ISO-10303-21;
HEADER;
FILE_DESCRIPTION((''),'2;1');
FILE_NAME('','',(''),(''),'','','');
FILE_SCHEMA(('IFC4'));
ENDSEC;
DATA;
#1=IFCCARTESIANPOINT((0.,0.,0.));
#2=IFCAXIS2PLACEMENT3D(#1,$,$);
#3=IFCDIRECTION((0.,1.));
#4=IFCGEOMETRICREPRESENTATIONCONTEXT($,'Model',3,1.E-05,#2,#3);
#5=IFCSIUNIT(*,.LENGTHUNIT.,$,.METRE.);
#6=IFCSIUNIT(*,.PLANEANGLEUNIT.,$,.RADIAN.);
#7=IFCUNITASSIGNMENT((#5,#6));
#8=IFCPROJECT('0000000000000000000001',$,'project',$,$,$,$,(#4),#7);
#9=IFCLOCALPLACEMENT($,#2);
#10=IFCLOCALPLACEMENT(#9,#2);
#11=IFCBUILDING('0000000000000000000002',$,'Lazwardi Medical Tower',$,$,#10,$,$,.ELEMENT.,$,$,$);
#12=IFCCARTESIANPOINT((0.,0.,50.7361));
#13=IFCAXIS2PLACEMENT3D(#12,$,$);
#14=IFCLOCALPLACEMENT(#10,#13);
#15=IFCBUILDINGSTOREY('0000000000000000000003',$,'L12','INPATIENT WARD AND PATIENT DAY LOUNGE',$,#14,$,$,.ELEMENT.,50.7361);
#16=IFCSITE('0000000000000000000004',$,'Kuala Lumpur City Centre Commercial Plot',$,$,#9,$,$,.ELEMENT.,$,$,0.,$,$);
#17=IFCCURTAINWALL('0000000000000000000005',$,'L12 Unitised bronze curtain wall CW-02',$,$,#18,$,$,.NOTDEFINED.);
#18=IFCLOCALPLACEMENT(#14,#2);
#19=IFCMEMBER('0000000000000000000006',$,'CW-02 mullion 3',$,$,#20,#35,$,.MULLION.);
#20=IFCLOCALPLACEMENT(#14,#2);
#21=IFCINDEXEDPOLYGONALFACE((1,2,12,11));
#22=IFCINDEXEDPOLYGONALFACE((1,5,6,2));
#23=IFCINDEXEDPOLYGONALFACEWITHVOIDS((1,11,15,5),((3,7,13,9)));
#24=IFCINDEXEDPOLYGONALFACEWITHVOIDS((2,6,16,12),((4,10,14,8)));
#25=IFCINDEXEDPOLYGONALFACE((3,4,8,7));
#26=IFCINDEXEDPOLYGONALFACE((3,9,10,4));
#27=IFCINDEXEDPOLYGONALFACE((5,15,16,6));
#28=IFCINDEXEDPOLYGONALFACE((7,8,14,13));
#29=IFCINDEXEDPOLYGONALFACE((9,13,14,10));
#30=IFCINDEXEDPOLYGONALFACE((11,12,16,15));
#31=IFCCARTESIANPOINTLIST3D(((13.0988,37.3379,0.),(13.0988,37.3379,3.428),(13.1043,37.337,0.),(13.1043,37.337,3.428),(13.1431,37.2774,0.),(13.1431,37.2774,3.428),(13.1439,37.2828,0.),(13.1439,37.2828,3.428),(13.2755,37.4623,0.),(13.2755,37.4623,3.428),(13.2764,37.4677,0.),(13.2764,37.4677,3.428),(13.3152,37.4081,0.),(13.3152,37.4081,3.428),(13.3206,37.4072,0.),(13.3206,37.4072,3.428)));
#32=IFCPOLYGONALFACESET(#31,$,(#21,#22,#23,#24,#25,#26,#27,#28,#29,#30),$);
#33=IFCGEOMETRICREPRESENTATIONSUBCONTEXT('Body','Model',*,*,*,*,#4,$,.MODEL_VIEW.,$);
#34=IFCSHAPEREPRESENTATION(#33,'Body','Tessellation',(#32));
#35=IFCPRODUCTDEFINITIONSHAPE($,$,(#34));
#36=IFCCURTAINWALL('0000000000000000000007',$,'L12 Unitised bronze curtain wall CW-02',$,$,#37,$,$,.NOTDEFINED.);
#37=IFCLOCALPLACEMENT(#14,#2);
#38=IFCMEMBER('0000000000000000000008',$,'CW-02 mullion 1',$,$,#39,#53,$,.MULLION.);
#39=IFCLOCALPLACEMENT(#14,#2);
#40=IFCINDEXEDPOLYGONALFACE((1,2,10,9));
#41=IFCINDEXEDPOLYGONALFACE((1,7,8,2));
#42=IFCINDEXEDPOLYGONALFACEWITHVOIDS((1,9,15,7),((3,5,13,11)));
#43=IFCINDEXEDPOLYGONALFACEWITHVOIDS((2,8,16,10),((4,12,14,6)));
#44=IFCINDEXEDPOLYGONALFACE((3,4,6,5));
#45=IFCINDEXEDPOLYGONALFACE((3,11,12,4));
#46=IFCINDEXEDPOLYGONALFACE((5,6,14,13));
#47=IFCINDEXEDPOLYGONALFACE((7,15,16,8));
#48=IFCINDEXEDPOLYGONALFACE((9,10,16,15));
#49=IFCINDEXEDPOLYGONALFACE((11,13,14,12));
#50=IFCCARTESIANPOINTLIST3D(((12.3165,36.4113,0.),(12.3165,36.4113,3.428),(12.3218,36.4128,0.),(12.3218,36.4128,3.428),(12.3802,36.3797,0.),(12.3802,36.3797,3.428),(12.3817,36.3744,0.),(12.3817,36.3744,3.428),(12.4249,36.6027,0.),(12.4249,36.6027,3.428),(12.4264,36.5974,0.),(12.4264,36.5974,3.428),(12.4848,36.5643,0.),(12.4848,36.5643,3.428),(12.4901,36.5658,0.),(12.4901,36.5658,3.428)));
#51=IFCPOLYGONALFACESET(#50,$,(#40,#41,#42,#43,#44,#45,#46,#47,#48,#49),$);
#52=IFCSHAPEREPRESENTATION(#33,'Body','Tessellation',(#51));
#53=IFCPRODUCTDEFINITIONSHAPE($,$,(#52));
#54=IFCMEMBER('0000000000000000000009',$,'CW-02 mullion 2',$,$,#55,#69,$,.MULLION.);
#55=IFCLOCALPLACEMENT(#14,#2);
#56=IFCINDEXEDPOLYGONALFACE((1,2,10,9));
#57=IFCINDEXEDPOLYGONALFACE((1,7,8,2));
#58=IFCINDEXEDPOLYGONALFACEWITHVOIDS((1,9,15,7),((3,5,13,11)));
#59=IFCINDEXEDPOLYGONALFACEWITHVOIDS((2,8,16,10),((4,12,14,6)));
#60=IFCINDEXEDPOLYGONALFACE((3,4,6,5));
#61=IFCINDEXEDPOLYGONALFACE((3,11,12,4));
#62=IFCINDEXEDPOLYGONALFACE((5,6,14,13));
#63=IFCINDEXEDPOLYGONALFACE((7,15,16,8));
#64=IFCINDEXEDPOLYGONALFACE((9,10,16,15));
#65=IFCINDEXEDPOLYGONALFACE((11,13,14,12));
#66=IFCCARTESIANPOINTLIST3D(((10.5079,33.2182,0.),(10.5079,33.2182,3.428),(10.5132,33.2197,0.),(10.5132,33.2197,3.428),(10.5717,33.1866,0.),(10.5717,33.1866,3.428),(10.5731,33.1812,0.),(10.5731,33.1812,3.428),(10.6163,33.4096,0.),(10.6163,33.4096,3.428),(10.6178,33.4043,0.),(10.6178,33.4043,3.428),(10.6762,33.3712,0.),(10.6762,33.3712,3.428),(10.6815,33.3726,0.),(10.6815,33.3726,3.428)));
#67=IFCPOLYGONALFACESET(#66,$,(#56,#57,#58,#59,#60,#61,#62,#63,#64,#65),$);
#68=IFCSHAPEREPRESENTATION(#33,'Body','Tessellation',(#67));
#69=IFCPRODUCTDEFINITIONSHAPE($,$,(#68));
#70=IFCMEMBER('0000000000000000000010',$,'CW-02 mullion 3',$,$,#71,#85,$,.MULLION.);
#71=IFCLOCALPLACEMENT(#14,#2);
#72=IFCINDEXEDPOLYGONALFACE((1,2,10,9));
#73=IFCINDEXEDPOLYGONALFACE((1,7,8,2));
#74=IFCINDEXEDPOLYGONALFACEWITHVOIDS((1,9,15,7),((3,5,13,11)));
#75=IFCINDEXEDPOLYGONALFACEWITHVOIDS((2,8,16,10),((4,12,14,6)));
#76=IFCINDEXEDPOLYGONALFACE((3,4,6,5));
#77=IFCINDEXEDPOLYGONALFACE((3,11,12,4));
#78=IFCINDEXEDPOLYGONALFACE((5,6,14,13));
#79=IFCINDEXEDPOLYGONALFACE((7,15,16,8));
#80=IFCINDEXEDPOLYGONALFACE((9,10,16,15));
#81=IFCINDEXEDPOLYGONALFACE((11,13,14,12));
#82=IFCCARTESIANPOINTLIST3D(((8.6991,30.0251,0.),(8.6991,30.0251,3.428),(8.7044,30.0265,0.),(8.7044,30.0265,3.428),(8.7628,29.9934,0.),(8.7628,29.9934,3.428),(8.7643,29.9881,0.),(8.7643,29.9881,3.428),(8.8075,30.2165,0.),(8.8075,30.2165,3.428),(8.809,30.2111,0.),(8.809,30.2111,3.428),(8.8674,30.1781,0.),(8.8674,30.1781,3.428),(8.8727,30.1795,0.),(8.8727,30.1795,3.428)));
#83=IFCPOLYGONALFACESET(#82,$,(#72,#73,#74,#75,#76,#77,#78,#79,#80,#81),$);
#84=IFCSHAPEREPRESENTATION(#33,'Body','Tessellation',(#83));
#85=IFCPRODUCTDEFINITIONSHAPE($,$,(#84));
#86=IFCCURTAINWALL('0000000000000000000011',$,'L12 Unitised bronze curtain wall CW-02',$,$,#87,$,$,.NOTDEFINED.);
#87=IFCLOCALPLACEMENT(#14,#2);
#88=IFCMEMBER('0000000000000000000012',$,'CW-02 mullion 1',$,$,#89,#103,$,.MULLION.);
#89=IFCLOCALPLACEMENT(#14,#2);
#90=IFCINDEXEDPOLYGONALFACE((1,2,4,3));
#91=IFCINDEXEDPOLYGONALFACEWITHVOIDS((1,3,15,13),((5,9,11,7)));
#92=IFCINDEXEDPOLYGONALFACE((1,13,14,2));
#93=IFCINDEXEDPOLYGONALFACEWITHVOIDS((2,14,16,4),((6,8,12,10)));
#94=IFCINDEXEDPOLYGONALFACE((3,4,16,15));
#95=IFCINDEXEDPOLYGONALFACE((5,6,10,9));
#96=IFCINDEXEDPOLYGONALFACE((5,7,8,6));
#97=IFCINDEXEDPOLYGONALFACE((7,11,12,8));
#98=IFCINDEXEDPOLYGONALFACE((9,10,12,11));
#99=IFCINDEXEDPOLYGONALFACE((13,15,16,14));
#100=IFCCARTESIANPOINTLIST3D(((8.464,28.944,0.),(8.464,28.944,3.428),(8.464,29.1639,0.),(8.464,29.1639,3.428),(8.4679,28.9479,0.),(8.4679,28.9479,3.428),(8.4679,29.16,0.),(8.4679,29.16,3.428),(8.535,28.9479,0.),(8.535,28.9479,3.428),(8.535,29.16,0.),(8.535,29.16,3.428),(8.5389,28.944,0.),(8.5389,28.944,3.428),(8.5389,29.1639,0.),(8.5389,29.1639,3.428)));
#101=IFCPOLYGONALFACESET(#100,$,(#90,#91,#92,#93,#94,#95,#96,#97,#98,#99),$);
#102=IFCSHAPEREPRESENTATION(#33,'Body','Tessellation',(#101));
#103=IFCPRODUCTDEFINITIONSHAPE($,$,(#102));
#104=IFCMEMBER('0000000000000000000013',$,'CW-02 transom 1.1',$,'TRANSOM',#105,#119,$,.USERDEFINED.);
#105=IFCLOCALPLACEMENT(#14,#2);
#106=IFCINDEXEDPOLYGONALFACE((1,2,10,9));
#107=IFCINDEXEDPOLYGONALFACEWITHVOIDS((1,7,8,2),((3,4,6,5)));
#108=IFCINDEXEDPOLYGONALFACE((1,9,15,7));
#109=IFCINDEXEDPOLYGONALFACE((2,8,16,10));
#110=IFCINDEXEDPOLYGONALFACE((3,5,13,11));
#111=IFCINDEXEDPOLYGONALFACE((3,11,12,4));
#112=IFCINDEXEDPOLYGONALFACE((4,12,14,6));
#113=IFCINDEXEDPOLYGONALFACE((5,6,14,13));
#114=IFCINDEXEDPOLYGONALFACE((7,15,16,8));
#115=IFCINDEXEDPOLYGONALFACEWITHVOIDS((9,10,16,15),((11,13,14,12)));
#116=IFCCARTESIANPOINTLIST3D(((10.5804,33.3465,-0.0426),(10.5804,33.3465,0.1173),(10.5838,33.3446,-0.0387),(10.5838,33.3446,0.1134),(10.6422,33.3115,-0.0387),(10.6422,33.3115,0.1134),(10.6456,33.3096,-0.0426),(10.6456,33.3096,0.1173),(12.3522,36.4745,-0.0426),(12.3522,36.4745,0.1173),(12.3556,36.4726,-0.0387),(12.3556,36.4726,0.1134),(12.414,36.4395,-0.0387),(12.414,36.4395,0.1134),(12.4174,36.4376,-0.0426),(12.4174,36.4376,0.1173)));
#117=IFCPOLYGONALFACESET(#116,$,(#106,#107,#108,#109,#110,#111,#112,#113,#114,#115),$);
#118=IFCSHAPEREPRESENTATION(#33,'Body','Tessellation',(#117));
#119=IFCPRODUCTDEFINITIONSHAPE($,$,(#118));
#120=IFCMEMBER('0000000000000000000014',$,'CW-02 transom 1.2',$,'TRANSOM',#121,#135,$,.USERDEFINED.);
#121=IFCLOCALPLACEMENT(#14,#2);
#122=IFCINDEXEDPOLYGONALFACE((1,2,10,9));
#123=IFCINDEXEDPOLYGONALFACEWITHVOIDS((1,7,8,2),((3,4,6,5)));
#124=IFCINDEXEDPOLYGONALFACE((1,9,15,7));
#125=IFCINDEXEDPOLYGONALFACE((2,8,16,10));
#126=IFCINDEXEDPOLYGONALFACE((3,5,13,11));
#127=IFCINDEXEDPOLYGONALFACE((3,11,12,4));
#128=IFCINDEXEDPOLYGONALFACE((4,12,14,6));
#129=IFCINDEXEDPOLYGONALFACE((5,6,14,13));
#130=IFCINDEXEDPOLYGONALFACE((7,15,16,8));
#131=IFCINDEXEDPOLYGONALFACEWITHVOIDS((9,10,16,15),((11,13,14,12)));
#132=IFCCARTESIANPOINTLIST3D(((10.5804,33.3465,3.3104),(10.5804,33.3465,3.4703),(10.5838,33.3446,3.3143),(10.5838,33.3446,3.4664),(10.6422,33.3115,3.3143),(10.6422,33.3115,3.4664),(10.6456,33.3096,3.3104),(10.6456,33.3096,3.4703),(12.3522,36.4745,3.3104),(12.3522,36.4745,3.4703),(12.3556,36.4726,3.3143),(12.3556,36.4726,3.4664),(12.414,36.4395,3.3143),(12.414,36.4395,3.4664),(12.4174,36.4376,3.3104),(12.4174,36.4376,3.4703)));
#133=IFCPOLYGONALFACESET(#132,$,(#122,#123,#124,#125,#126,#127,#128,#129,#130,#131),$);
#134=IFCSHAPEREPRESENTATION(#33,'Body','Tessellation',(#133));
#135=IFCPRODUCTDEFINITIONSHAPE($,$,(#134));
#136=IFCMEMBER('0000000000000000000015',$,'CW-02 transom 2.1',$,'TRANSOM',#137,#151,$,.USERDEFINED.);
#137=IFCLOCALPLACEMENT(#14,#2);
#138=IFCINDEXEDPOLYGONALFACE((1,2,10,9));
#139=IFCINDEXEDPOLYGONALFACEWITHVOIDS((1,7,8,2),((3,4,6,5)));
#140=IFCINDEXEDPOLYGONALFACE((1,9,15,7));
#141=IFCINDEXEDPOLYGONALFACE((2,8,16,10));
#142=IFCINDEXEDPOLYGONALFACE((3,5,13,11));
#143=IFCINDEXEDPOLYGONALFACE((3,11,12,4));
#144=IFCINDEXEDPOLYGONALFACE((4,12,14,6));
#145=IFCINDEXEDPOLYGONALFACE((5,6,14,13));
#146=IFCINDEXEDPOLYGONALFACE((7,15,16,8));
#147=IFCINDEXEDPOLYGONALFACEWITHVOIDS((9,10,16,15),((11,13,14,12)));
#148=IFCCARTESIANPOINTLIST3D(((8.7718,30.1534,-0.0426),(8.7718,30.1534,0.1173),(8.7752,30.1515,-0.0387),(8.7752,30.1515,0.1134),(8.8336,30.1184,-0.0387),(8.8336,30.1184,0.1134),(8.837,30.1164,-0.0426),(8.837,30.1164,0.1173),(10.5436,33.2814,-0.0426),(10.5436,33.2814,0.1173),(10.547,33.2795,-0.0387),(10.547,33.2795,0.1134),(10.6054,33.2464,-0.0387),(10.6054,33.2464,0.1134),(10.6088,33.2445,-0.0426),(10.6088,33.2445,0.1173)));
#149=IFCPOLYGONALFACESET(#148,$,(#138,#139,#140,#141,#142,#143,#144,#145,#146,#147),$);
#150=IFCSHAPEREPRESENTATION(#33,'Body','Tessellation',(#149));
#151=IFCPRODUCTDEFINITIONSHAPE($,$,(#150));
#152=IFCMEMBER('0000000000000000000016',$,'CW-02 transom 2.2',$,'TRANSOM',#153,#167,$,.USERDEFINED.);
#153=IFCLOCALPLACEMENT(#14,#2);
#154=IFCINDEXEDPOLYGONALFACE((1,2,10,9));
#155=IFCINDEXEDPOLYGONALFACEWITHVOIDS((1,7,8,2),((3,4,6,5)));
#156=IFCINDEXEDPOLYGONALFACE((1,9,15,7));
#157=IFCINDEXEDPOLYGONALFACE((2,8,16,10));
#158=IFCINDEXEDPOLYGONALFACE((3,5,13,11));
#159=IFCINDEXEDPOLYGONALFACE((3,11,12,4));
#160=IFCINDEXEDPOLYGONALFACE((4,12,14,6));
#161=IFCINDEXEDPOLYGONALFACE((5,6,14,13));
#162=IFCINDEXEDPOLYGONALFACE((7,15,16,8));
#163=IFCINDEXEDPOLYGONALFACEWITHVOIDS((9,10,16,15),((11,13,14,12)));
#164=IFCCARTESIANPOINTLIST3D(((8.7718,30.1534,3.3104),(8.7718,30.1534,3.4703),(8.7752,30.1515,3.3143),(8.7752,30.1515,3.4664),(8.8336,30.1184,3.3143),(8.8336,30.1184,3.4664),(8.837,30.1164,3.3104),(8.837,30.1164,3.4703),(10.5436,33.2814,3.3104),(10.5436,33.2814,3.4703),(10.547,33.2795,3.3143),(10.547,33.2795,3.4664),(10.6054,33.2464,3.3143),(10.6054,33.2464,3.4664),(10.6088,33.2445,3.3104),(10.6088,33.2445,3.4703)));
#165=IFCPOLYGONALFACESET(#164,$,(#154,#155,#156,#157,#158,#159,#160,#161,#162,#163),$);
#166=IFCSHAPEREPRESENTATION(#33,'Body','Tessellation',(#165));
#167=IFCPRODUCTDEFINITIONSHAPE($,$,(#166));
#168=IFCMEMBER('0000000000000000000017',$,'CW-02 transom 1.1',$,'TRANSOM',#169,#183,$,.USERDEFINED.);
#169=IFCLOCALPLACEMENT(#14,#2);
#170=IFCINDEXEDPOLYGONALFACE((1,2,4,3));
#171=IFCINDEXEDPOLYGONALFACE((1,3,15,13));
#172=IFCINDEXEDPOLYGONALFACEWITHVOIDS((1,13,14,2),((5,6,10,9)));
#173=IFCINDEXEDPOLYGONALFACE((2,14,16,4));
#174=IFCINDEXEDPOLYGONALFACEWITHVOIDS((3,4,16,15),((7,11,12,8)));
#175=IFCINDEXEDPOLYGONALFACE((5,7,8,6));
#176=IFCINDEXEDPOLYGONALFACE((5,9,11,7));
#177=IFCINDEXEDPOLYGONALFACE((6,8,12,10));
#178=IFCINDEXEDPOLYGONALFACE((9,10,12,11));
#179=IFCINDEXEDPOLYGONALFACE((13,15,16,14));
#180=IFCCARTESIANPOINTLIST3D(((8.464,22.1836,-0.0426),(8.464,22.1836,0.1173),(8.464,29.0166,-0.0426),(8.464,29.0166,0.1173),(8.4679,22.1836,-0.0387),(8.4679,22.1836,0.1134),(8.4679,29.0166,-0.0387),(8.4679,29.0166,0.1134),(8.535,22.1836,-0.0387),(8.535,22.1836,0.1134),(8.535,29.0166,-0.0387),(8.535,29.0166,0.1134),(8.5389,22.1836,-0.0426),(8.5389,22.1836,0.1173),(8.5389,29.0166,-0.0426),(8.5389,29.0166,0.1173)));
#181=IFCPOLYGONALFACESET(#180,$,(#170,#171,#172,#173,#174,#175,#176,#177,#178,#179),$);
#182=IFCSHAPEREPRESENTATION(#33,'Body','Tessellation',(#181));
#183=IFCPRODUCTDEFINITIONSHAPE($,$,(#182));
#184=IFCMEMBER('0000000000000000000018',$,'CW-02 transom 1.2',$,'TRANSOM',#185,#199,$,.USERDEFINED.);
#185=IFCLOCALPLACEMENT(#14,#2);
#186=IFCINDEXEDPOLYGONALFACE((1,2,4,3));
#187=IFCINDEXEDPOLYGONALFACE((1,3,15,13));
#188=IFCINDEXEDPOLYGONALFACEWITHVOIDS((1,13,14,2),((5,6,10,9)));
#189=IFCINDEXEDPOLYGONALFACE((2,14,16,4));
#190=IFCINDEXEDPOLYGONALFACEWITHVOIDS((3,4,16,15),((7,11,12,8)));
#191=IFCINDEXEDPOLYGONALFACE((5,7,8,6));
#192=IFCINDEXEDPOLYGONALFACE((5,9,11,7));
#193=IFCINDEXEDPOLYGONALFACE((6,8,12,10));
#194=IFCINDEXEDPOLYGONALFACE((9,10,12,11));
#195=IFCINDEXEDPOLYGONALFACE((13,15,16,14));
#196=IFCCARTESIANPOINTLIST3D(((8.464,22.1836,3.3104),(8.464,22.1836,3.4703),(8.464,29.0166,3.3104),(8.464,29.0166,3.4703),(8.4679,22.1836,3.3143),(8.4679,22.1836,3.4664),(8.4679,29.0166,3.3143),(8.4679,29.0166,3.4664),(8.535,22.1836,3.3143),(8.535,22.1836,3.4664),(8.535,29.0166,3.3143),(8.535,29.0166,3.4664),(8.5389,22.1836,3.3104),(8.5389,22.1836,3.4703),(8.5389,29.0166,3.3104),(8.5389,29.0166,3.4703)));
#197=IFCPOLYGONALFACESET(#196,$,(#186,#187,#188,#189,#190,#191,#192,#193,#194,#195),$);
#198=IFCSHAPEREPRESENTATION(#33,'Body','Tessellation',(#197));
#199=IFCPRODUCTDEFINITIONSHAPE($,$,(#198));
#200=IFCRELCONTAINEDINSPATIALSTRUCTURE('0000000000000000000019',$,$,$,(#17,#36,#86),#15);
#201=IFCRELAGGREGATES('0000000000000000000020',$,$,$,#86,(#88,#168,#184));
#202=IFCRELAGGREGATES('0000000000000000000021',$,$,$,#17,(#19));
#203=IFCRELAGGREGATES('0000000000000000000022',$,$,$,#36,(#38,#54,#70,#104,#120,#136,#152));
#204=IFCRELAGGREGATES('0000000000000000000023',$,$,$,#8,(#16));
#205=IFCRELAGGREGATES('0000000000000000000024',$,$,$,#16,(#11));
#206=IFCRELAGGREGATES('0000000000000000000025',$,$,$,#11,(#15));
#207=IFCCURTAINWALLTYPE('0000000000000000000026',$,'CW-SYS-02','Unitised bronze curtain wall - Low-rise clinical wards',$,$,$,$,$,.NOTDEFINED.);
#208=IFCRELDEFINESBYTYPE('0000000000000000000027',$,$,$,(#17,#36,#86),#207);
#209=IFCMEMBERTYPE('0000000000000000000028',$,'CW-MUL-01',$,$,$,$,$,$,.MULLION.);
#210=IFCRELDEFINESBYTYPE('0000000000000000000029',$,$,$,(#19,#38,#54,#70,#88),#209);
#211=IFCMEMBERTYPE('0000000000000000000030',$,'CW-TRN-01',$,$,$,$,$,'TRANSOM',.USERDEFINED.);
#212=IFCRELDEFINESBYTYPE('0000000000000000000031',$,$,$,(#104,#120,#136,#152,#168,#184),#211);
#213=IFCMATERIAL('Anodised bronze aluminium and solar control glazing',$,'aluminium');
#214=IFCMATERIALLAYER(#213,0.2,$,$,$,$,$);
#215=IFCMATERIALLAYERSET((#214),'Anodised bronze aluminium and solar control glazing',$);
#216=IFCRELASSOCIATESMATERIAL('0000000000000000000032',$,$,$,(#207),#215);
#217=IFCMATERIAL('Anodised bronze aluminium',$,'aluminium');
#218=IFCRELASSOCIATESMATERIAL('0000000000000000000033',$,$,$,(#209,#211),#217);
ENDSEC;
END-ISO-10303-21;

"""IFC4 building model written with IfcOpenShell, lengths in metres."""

from ifc_helpers import new_model, si_unit, direction, frame, origin, origin_2d, place, context, subcontext, project, spatial, hollow_rectangle, extrude, material, layer, layer_set, material_profile, profile_set, type_object, element, aggregate, save


model = new_model("IFC4")

# Units and contexts
model_context = context("Model", 3, precision=1e-05, world=origin(), true_north=direction((0.0, 1.0)))
body_context = subcontext(model_context, "Body", "Model", "MODEL_VIEW")
ifc_project = project(units=[si_unit("LENGTHUNIT", "METRE"), si_unit("PLANEANGLEUNIT", "RADIAN")], contexts=[model_context])

# Site, building, storey
site_placement = place(None, origin())
site = spatial("IfcSite", under=ifc_project, at=site_placement, Name="Kuala Lumpur City Centre Commercial Plot", CompositionType="ELEMENT", RefElevation=0.0)
building_placement = place(site_placement, origin())
building = spatial("IfcBuilding", under=site, at=building_placement, Name="Lazwardi Medical Tower", CompositionType="ELEMENT")
storey_placement = place(building_placement, frame((0.0, 0.0, 50.7361)))
storey = spatial("IfcBuildingStorey", under=building, at=storey_placement, Name="L12", Description="INPATIENT WARD AND PATIENT DAY LOUNGE", CompositionType="ELEMENT", Elevation=50.7361)

# Curtain wall, member
ifc_material_1 = material(Name="Anodised bronze aluminium and solar control glazing", Category="aluminium")
ifc_layer_1 = layer(ifc_material_1, 0.2)
ifc_layer_set_1 = layer_set([ifc_layer_1], Name="Anodised bronze aluminium and solar control glazing")
curtain_wall_type = type_object("IfcCurtainWallType", Name="CW-SYS-02", Description="Unitised bronze curtain wall - Low-rise clinical wards", PredefinedType="NOTDEFINED", material=ifc_layer_set_1)
curtain_wall_1_placement = place(storey_placement, origin())
curtain_wall_1 = element("IfcCurtainWall", 1, at=curtain_wall_1_placement, inside=storey, type_object=curtain_wall_type, Name="L12 Unitised bronze curtain wall CW-02", PredefinedType="NOTDEFINED")
ifc_material_2 = material(Name="Anodised bronze aluminium", Category="aluminium")
ifc_material_profile_1 = material_profile(ifc_material_2, hollow_rectangle(XDim=0.075, YDim=0.22, WallThickness=0.0039, at=origin_2d()), Name="ALU-MULLION 220x75x4")
ifc_profile_set_1 = profile_set([ifc_material_profile_1], Name="Anodised bronze aluminium")
member_type_1 = type_object("IfcMemberType", Name="CW-MUL-01", PredefinedType="MULLION", material=ifc_profile_set_1)
member_1_placement = place(storey_placement, frame((13.2097, 37.3726, 0.0), z_axis=(0.0, 0.0, 1.0), x_axis=(0.590289, -0.807192, 0.0)))
member_1 = element("IfcMember", 2, at=member_1_placement, type_object=member_type_1, Name="CW-02 mullion 3", PredefinedType="MULLION", context=body_context, shape_type="SweptSolid", body=[
    extrude(hollow_rectangle(XDim=0.075, YDim=0.22, WallThickness=0.0039, at=origin_2d()), origin(), (0.0, 0.0, 1.0), 3.428),
])

# Curtain wall, members
curtain_wall_2_placement = place(storey_placement, origin())
curtain_wall_2 = element("IfcCurtainWall", 3, at=curtain_wall_2_placement, inside=storey, type_object=curtain_wall_type, Name="L12 Unitised bronze curtain wall CW-02", PredefinedType="NOTDEFINED")
member_2_placement = place(storey_placement, frame((12.4033, 36.4885, 0.0), z_axis=(0.0, 0.0, 1.0), x_axis=(0.870112, -0.492854, 0.0)))
member_2 = element("IfcMember", 4, at=member_2_placement, type_object=member_type_1, Name="CW-02 mullion 1", PredefinedType="MULLION", context=body_context, shape_type="SweptSolid", body=[
    extrude(hollow_rectangle(XDim=0.075, YDim=0.22, WallThickness=0.0039, at=origin_2d()), origin(), (0.0, 0.0, 1.0), 3.428),
])
member_3_placement = place(storey_placement, frame((10.5947, 33.2954, 0.0), z_axis=(0.0, 0.0, 1.0), x_axis=(0.870112, -0.492854, 0.0)))
member_3 = element("IfcMember", 5, at=member_3_placement, type_object=member_type_1, Name="CW-02 mullion 2", PredefinedType="MULLION", context=body_context, shape_type="SweptSolid", body=[
    extrude(hollow_rectangle(XDim=0.075, YDim=0.22, WallThickness=0.0039, at=origin_2d()), origin(), (0.0, 0.0, 1.0), 3.428),
])
member_4_placement = place(storey_placement, frame((8.7859, 30.1023, 0.0), z_axis=(0.0, 0.0, 1.0), x_axis=(0.870112, -0.492854, 0.0)))
member_4 = element("IfcMember", 6, at=member_4_placement, type_object=member_type_1, Name="CW-02 mullion 3", PredefinedType="MULLION", context=body_context, shape_type="SweptSolid", body=[
    extrude(hollow_rectangle(XDim=0.075, YDim=0.22, WallThickness=0.0039, at=origin_2d()), origin(), (0.0, 0.0, 1.0), 3.428),
])

# Curtain wall, member
curtain_wall_3_placement = place(storey_placement, origin())
curtain_wall_3 = element("IfcCurtainWall", 7, at=curtain_wall_3_placement, inside=storey, type_object=curtain_wall_type, Name="L12 Unitised bronze curtain wall CW-02", PredefinedType="NOTDEFINED")
member_5_placement = place(storey_placement, frame((8.5015, 29.054, 0.0), z_axis=(0.0, 0.0, 1.0), x_axis=(1.0, 0.0, 0.0)))
member_5 = element("IfcMember", 8, at=member_5_placement, type_object=member_type_1, Name="CW-02 mullion 1", PredefinedType="MULLION", context=body_context, shape_type="SweptSolid", body=[
    extrude(hollow_rectangle(XDim=0.075, YDim=0.22, WallThickness=0.0039, at=origin_2d()), origin(), (0.0, 0.0, 1.0), 3.428),
])

# Members
ifc_material_profile_2 = material_profile(ifc_material_2, hollow_rectangle(XDim=0.075, YDim=0.1599, WallThickness=0.0039, at=origin_2d()), Name="ALU-TRANSOM 160x75x4")
ifc_profile_set_2 = profile_set([ifc_material_profile_2], Name="Anodised bronze aluminium")
member_type_2 = type_object("IfcMemberType", Name="CW-TRN-01", ElementType="TRANSOM", PredefinedType="USERDEFINED", material=ifc_profile_set_2)
member_6_placement = place(storey_placement, frame((12.3848, 36.4561, 0.0374), z_axis=(-0.492851, -0.870113, 0.0), x_axis=(0.870113, -0.492851, 0.0)))
member_6 = element("IfcMember", 9, at=member_6_placement, type_object=member_type_2, Name="CW-02 transom 1.1", ObjectType="TRANSOM", PredefinedType="USERDEFINED", context=body_context, shape_type="SweptSolid", body=[
    extrude(hollow_rectangle(XDim=0.075, YDim=0.1599, WallThickness=0.0039, at=origin_2d()), origin(), (0.0, 0.0, 1.0), 3.595),
])
member_7_placement = place(storey_placement, frame((12.3848, 36.4561, 3.3904), z_axis=(-0.492851, -0.870113, 0.0), x_axis=(0.870113, -0.492851, 0.0)))
member_7 = element("IfcMember", 10, at=member_7_placement, type_object=member_type_2, Name="CW-02 transom 1.2", ObjectType="TRANSOM", PredefinedType="USERDEFINED", context=body_context, shape_type="SweptSolid", body=[
    extrude(hollow_rectangle(XDim=0.075, YDim=0.1599, WallThickness=0.0039, at=origin_2d()), origin(), (0.0, 0.0, 1.0), 3.595),
])
member_8_placement = place(storey_placement, frame((10.5762, 33.2629, 0.0374), z_axis=(-0.492851, -0.870113, 0.0), x_axis=(0.870113, -0.492851, 0.0)))
member_8 = element("IfcMember", 11, at=member_8_placement, type_object=member_type_2, Name="CW-02 transom 2.1", ObjectType="TRANSOM", PredefinedType="USERDEFINED", context=body_context, shape_type="SweptSolid", body=[
    extrude(hollow_rectangle(XDim=0.075, YDim=0.1599, WallThickness=0.0039, at=origin_2d()), origin(), (0.0, 0.0, 1.0), 3.595),
])
member_9_placement = place(storey_placement, frame((10.5762, 33.2629, 3.3904), z_axis=(-0.492851, -0.870113, 0.0), x_axis=(0.870113, -0.492851, 0.0)))
member_9 = element("IfcMember", 12, at=member_9_placement, type_object=member_type_2, Name="CW-02 transom 2.2", ObjectType="TRANSOM", PredefinedType="USERDEFINED", context=body_context, shape_type="SweptSolid", body=[
    extrude(hollow_rectangle(XDim=0.075, YDim=0.1599, WallThickness=0.0039, at=origin_2d()), origin(), (0.0, 0.0, 1.0), 3.595),
])
member_10_placement = place(storey_placement, frame((8.5015, 29.0166, 0.0374), z_axis=(0.0, -1.0, 0.0), x_axis=(1.0, 0.0, 0.0)))
member_10 = element("IfcMember", 13, at=member_10_placement, type_object=member_type_2, Name="CW-02 transom 1.1", ObjectType="TRANSOM", PredefinedType="USERDEFINED", context=body_context, shape_type="SweptSolid", body=[
    extrude(hollow_rectangle(XDim=0.075, YDim=0.1599, WallThickness=0.0039, at=origin_2d()), origin(), (0.0, 0.0, 1.0), 6.833),
])
member_11_placement = place(storey_placement, frame((8.5015, 29.0166, 3.3904), z_axis=(0.0, -1.0, 0.0), x_axis=(1.0, 0.0, 0.0)))
member_11 = element("IfcMember", 14, at=member_11_placement, type_object=member_type_2, Name="CW-02 transom 1.2", ObjectType="TRANSOM", PredefinedType="USERDEFINED", context=body_context, shape_type="SweptSolid", body=[
    extrude(hollow_rectangle(XDim=0.075, YDim=0.1599, WallThickness=0.0039, at=origin_2d()), origin(), (0.0, 0.0, 1.0), 6.833),
])
aggregate(curtain_wall_3, [member_5, member_10, member_11])

aggregate(curtain_wall_1, [member_1])
aggregate(curtain_wall_2, [member_2, member_3, member_4, member_6, member_7, member_8, member_9])

save(model, "model.ifc")
